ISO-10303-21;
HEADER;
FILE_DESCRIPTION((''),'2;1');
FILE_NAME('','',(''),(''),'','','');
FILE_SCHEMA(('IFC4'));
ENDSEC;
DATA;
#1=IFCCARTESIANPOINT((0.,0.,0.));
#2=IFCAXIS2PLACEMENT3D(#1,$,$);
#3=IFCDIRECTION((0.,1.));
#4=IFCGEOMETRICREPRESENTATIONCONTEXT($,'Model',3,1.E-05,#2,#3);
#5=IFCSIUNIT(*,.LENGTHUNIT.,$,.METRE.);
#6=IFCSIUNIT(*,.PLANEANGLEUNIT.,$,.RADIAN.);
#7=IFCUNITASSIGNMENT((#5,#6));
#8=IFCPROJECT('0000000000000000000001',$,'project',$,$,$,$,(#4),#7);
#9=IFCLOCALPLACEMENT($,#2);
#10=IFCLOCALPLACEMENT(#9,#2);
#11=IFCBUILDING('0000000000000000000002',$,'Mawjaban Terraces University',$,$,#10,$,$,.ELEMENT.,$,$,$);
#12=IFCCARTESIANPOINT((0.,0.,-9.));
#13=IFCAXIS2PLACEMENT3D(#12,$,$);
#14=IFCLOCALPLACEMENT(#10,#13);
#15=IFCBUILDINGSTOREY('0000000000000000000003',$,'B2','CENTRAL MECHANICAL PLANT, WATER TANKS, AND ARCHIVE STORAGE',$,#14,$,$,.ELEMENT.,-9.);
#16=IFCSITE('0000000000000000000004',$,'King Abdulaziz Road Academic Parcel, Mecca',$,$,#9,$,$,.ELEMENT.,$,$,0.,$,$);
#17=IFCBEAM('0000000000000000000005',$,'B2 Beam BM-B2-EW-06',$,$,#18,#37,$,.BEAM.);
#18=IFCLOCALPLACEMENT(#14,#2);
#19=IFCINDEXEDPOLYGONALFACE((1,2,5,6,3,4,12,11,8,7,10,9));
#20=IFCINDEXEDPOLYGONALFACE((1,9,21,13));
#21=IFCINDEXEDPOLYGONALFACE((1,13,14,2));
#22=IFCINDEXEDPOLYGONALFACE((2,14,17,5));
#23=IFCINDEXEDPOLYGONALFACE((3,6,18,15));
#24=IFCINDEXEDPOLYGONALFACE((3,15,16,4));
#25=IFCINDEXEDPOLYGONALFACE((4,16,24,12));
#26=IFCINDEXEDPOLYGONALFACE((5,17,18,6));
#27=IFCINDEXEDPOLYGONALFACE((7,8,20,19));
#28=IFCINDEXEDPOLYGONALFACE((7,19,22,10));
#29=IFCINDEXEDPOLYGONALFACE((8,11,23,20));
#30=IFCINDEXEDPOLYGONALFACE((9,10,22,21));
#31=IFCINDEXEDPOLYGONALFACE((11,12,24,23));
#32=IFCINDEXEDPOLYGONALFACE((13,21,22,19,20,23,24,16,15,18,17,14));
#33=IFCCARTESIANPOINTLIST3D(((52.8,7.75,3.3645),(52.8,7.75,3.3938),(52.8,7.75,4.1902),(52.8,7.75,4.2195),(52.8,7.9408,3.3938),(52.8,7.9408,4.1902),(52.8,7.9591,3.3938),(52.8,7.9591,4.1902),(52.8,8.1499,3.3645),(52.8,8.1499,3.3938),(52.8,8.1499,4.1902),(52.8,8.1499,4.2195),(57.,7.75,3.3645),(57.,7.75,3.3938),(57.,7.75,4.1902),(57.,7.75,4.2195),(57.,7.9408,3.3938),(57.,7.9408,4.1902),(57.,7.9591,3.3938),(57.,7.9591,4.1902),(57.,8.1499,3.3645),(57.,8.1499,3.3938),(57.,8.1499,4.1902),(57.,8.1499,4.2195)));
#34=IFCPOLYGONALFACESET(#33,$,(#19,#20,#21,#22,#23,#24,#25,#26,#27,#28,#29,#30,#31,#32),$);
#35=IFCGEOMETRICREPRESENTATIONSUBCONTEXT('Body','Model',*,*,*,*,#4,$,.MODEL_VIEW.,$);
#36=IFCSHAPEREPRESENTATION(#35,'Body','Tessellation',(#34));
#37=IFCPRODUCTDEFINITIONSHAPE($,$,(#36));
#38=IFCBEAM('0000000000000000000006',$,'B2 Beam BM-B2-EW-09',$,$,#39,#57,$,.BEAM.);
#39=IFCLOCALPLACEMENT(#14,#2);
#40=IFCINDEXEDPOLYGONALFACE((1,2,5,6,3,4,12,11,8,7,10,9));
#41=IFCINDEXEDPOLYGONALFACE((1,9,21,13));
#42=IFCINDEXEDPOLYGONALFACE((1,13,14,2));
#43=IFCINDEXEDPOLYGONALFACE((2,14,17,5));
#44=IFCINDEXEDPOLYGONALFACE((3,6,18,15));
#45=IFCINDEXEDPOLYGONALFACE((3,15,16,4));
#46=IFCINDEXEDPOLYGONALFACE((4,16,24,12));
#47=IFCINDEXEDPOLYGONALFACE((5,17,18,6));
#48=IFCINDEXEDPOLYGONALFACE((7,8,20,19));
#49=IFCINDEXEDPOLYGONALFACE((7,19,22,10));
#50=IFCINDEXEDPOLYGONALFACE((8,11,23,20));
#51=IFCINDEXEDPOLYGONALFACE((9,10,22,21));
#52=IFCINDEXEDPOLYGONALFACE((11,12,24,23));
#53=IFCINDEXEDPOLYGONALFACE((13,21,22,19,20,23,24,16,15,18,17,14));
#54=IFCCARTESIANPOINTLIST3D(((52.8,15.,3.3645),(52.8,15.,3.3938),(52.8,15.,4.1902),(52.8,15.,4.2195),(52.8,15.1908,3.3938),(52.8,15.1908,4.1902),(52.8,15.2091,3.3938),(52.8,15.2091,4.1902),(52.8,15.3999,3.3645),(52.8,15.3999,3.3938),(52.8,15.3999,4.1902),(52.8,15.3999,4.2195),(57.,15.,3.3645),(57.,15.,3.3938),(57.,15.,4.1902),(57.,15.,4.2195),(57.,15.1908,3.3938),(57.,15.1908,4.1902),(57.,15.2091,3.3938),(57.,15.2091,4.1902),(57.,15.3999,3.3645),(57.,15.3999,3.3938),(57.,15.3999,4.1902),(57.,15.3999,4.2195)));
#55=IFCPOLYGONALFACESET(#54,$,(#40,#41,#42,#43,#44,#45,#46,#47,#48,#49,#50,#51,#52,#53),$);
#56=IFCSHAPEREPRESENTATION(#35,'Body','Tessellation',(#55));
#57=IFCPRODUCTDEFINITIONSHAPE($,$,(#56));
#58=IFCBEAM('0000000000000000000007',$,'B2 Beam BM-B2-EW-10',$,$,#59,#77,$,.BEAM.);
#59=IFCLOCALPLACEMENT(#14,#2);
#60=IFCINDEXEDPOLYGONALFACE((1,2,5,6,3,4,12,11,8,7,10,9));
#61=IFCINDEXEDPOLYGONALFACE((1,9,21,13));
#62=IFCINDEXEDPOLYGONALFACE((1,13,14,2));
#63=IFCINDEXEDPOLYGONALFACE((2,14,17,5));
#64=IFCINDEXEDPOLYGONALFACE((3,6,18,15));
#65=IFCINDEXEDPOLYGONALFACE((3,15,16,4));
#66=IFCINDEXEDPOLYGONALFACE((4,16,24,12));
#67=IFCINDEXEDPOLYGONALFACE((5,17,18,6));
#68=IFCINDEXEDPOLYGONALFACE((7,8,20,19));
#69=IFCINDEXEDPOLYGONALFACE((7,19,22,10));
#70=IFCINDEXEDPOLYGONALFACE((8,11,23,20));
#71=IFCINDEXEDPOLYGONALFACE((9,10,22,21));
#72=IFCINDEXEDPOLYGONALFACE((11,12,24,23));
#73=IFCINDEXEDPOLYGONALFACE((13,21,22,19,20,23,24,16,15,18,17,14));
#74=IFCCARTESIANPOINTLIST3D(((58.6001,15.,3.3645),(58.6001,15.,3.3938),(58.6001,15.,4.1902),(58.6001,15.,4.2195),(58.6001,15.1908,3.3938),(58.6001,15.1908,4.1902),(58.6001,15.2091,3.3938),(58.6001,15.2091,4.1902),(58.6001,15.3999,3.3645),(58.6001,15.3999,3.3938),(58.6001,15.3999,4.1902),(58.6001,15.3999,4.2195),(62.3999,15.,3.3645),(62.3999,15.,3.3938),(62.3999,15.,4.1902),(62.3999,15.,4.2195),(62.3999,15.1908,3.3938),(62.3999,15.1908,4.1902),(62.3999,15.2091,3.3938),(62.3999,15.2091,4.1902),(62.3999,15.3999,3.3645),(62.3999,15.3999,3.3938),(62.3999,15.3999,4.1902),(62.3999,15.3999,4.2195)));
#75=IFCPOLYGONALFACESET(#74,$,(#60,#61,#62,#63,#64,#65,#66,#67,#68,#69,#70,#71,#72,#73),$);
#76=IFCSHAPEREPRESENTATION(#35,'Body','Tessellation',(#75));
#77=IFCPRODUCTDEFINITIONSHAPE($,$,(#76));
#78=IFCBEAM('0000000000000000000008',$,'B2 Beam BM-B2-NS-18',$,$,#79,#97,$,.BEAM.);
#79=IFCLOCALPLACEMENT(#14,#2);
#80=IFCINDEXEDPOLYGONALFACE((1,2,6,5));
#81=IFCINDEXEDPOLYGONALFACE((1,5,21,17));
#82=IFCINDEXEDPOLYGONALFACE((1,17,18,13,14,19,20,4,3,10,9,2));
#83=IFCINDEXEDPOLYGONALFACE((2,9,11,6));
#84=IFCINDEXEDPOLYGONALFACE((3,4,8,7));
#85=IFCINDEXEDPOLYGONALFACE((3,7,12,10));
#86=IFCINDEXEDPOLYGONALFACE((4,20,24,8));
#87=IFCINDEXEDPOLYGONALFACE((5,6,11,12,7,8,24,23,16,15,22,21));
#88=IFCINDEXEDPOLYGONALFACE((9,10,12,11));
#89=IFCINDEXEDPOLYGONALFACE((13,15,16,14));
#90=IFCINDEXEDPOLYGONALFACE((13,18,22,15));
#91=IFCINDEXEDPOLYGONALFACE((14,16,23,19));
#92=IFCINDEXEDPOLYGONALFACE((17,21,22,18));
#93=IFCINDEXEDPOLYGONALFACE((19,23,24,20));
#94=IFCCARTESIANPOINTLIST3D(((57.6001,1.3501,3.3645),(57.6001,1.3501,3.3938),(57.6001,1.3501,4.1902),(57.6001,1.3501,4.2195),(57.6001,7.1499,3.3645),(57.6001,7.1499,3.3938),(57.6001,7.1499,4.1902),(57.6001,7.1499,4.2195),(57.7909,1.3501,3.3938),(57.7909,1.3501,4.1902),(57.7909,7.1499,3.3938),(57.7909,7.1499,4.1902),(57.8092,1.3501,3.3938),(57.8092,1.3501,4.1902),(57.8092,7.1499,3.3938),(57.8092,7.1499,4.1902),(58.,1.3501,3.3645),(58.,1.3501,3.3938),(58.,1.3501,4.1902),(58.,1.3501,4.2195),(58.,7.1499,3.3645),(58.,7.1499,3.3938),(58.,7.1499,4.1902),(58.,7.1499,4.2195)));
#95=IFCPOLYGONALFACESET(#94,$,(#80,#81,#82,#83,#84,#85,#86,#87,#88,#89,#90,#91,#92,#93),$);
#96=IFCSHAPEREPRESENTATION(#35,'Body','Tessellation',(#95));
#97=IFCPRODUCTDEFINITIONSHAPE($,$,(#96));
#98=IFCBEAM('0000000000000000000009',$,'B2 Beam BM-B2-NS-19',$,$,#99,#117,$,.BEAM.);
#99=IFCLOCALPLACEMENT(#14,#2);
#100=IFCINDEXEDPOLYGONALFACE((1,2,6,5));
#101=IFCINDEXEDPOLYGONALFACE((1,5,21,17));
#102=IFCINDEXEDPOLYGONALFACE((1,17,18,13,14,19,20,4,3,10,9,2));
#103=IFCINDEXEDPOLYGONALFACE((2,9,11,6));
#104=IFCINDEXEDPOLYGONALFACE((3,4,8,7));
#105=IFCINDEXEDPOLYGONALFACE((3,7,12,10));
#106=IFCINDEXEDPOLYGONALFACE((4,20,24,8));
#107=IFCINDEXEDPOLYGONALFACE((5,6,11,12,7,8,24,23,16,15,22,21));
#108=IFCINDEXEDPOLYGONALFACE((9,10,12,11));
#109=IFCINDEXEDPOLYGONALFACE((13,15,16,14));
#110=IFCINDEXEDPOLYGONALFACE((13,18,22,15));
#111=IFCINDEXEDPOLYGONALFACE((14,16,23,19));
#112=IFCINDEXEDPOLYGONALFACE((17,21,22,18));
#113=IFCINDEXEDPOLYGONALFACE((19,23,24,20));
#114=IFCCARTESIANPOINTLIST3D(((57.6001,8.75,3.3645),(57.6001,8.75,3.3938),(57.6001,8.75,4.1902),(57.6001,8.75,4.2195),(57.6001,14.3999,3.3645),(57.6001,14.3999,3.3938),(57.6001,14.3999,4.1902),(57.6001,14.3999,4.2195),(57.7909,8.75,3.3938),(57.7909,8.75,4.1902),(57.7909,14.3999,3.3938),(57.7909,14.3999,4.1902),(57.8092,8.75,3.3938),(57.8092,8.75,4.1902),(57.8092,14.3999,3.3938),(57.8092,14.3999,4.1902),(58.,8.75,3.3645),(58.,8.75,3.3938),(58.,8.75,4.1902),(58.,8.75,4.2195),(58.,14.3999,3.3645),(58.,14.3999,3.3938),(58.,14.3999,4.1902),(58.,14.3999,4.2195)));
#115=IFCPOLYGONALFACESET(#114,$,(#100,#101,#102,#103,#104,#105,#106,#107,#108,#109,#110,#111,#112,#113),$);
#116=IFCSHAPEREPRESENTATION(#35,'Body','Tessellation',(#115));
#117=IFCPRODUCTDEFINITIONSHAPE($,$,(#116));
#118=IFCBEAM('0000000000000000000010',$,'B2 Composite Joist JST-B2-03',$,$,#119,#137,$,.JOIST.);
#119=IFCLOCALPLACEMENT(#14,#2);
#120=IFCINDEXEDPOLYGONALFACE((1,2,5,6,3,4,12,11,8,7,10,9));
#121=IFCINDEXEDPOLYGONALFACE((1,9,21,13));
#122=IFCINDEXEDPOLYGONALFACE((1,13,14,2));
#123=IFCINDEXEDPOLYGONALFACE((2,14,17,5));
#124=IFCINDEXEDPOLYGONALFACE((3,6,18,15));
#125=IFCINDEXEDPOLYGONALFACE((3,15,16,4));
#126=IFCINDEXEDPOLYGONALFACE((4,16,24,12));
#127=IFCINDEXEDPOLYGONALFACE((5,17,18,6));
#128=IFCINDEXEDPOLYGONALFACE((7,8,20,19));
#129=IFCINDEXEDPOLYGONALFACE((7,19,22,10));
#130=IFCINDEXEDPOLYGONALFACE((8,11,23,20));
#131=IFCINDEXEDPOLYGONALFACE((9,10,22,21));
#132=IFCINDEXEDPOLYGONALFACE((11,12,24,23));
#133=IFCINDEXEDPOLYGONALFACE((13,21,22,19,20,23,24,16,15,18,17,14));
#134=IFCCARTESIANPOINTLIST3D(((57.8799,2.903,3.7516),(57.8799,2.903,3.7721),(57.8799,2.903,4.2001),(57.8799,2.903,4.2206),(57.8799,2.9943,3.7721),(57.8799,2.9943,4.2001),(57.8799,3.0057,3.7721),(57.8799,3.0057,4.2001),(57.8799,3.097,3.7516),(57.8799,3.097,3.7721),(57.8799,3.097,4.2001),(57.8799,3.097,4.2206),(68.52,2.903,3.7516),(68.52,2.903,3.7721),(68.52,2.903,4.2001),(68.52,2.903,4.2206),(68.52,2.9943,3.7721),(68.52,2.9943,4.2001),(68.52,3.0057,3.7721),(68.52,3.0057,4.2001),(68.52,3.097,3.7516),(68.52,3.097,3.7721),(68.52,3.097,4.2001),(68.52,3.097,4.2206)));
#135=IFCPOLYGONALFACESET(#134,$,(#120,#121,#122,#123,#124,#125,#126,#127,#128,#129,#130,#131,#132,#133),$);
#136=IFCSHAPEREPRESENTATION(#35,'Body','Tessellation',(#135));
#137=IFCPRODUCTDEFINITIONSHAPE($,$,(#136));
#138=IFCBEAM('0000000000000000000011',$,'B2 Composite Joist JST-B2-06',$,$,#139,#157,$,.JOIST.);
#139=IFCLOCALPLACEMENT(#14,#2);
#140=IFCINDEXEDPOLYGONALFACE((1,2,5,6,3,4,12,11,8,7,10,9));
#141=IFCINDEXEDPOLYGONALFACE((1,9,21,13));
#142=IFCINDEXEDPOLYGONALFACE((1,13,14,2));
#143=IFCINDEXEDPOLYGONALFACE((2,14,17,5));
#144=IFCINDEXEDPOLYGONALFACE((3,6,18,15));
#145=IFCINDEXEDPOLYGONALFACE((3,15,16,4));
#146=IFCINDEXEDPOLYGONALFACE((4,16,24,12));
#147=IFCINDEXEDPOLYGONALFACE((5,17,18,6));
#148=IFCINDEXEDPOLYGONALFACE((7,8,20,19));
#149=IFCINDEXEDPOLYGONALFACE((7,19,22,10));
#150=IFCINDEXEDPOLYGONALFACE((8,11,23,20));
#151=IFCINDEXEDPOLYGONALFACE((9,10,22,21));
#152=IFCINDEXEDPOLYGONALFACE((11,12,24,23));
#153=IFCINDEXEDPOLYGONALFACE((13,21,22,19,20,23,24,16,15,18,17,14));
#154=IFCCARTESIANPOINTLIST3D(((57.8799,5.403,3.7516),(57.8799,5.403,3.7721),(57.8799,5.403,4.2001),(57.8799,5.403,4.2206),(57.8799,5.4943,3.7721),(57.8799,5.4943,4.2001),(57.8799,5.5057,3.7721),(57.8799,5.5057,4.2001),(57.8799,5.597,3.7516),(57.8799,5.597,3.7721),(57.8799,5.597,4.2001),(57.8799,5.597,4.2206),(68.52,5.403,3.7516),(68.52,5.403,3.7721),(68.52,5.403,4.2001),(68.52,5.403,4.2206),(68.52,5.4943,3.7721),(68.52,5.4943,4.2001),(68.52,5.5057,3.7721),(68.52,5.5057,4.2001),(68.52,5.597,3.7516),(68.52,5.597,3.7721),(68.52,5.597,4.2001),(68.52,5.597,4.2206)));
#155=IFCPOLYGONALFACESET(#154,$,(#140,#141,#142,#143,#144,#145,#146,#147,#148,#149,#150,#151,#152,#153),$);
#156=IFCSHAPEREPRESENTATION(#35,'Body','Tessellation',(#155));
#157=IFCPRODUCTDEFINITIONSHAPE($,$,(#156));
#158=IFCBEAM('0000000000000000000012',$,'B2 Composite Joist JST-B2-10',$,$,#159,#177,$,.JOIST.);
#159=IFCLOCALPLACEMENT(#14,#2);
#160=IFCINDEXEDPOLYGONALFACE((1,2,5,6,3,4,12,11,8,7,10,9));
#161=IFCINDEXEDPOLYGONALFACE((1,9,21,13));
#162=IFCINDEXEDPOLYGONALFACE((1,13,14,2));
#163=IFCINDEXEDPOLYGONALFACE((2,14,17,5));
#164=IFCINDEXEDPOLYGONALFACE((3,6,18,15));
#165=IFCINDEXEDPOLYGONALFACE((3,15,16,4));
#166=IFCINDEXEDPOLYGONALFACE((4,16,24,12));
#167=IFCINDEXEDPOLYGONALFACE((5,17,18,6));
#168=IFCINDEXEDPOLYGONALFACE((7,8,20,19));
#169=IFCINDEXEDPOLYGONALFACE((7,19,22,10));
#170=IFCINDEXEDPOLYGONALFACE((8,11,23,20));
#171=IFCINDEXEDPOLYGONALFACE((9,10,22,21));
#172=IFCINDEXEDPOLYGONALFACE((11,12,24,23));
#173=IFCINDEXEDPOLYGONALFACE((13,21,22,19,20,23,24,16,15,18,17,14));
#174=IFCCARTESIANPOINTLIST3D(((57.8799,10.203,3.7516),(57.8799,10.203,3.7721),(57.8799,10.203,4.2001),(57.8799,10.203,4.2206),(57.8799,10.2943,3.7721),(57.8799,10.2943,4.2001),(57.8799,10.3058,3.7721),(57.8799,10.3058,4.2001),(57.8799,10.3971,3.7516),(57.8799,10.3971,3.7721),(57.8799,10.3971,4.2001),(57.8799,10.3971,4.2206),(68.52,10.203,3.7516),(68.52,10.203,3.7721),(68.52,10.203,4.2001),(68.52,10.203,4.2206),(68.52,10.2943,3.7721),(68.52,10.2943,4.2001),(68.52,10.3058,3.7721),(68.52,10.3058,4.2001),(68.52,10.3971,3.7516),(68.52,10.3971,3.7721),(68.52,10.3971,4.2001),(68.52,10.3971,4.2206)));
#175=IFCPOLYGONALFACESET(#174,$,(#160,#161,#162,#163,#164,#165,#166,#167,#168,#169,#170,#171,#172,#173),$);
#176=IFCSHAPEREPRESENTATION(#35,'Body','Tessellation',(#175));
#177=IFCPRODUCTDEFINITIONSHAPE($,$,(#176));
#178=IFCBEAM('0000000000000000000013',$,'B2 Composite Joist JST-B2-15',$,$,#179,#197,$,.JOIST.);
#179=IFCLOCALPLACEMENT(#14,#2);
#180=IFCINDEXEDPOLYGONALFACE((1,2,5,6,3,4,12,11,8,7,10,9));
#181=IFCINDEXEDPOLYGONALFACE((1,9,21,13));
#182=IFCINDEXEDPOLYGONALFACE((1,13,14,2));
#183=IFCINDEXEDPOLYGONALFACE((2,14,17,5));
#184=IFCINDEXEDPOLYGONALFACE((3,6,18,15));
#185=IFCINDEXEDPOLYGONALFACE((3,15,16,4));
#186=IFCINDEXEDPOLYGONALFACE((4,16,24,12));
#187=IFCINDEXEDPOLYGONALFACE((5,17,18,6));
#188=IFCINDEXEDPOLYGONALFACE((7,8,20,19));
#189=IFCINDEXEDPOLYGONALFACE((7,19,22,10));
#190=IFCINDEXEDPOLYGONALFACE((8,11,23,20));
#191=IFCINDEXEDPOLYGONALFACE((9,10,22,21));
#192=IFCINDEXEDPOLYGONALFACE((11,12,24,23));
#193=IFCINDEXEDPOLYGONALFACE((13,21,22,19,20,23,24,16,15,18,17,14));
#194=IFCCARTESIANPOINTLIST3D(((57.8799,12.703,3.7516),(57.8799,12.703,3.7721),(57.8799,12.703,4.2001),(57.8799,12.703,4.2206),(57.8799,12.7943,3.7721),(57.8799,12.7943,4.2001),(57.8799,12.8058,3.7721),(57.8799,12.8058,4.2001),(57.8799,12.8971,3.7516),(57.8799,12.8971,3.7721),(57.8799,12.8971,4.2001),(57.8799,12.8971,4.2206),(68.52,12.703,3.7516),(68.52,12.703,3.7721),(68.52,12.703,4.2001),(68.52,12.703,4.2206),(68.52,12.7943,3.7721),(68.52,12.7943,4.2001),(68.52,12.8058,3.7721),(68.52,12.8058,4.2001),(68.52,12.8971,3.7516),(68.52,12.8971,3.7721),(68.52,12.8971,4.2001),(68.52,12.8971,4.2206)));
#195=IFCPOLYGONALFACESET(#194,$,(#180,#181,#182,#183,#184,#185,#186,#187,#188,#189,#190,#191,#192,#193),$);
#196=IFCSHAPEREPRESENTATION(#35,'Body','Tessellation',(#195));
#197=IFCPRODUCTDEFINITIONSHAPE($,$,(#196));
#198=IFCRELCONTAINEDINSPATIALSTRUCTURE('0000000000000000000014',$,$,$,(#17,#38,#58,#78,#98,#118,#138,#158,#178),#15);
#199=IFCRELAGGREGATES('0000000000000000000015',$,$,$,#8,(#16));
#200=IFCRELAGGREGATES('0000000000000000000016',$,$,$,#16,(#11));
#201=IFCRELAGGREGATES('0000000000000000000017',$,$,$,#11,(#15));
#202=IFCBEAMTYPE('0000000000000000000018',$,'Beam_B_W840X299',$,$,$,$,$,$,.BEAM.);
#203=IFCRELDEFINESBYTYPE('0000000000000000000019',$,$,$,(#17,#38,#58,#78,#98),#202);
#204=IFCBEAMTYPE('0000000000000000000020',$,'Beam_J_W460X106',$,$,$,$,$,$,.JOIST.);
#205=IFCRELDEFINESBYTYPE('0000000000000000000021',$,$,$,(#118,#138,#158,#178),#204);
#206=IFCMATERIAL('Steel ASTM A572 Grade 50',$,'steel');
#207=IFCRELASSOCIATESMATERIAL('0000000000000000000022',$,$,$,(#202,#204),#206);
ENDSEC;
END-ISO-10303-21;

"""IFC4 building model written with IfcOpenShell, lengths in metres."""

from ifc_helpers import new_model, si_unit, direction, frame, origin, origin_2d, place, context, subcontext, project, spatial, i_section, extrude, material, material_profile, profile_set, type_object, element, save


model = new_model("IFC4")

# Units and contexts
model_context = context("Model", 3, precision=1e-05, world=origin(), true_north=direction((0.0, 1.0)))
body_context = subcontext(model_context, "Body", "Model", "MODEL_VIEW")
ifc_project = project(units=[si_unit("LENGTHUNIT", "METRE"), si_unit("PLANEANGLEUNIT", "RADIAN")], contexts=[model_context])

# Site, building, storey
site_placement = place(None, origin())
site = spatial("IfcSite", under=ifc_project, at=site_placement, Name="King Abdulaziz Road Academic Parcel, Mecca", CompositionType="ELEMENT", RefElevation=0.0)
building_placement = place(site_placement, origin())
building = spatial("IfcBuilding", under=site, at=building_placement, Name="Mawjaban Terraces University", CompositionType="ELEMENT")
storey_placement = place(building_placement, frame((0.0, 0.0, -9.0)))
storey = spatial("IfcBuildingStorey", under=building, at=storey_placement, Name="B2", Description="CENTRAL MECHANICAL PLANT, WATER TANKS, AND ARCHIVE STORAGE", CompositionType="ELEMENT", Elevation=-9.0)

# Beams
ifc_material_1 = material(Name="Steel ASTM A572 Grade 50", Category="steel")
ifc_material_profile_1 = material_profile(ifc_material_1, i_section(OverallWidth=0.3999, OverallDepth=0.855, WebThickness=0.0183, FlangeThickness=0.0293, at=origin_2d()), Name="W840X299")
ifc_profile_set_1 = profile_set([ifc_material_profile_1], Name="Steel ASTM A572 Grade 50")
beam_type_1 = type_object("IfcBeamType", Name="Beam_B_W840X299", PredefinedType="BEAM", material=ifc_profile_set_1)
for number, where, z_axis, x_axis, name in (
    (1, (52.8, 7.95, 3.792), (1.0, 0.0, 0.0), (0.0, 1.0, 0.0), "B2 Beam BM-B2-EW-06"),
    (2, (52.8, 15.2, 3.792), (1.0, 0.0, 0.0), (0.0, 1.0, 0.0), "B2 Beam BM-B2-EW-09"),
):
    element("IfcBeam", number, at=place(storey_placement, frame(where, z_axis=z_axis, x_axis=x_axis)), inside=storey, type_object=beam_type_1, Name=name, PredefinedType="BEAM", context=body_context, shape_type="SweptSolid", body=[
        extrude(i_section(OverallWidth=0.3999, OverallDepth=0.855, WebThickness=0.0183, FlangeThickness=0.0293, at=origin_2d()), origin(), (0.0, 0.0, 1.0), 4.2),
    ])
beam_1_placement = place(storey_placement, frame((58.6001, 15.2, 3.792), z_axis=(1.0, 0.0, 0.0), x_axis=(0.0, 1.0, 0.0)))
element("IfcBeam", 3, at=beam_1_placement, inside=storey, type_object=beam_type_1, Name="B2 Beam BM-B2-EW-10", PredefinedType="BEAM", context=body_context, shape_type="SweptSolid", body=[
    extrude(i_section(OverallWidth=0.3999, OverallDepth=0.855, WebThickness=0.0183, FlangeThickness=0.0293, at=origin_2d()), origin(), (0.0, 0.0, 1.0), 3.7998),
])
beam_2_placement = place(storey_placement, frame((57.8, 1.3501, 3.792), z_axis=(0.0, 1.0, 0.0), x_axis=(-1.0, 0.0, 0.0)))
element("IfcBeam", 4, at=beam_2_placement, inside=storey, type_object=beam_type_1, Name="B2 Beam BM-B2-NS-18", PredefinedType="BEAM", context=body_context, shape_type="SweptSolid", body=[
    extrude(i_section(OverallWidth=0.3999, OverallDepth=0.855, WebThickness=0.0183, FlangeThickness=0.0293, at=origin_2d()), origin(), (0.0, 0.0, 1.0), 5.7998),
])
beam_3_placement = place(storey_placement, frame((57.8, 8.75, 3.792), z_axis=(0.0, 1.0, 0.0), x_axis=(-1.0, 0.0, 0.0)))
element("IfcBeam", 5, at=beam_3_placement, inside=storey, type_object=beam_type_1, Name="B2 Beam BM-B2-NS-19", PredefinedType="BEAM", context=body_context, shape_type="SweptSolid", body=[
    extrude(i_section(OverallWidth=0.3999, OverallDepth=0.855, WebThickness=0.0183, FlangeThickness=0.0293, at=origin_2d()), origin(), (0.0, 0.0, 1.0), 5.6499),
])
ifc_material_profile_2 = material_profile(ifc_material_1, i_section(OverallWidth=0.1941, OverallDepth=0.469, WebThickness=0.0115, FlangeThickness=0.0205, at=origin_2d()), Name="W460X106")
ifc_profile_set_2 = profile_set([ifc_material_profile_2], Name="Steel ASTM A572 Grade 50")
beam_type_2 = type_object("IfcBeamType", Name="Beam_J_W460X106", PredefinedType="JOIST", material=ifc_profile_set_2)
for number, where, z_axis, x_axis, name in (
    (6, (57.8799, 3.0, 3.9861), (1.0, 0.0, 0.0), (0.0, 1.0, 0.0), "B2 Composite Joist JST-B2-03"),
    (7, (57.8799, 5.5, 3.9861), (1.0, 0.0, 0.0), (0.0, 1.0, 0.0), "B2 Composite Joist JST-B2-06"),
    (8, (57.8799, 10.3, 3.9861), (1.0, 0.0, 0.0), (0.0, 1.0, 0.0), "B2 Composite Joist JST-B2-10"),
    (9, (57.8799, 12.8, 3.9861), (1.0, 0.0, 0.0), (0.0, 1.0, 0.0), "B2 Composite Joist JST-B2-15"),
):
    element("IfcBeam", number, at=place(storey_placement, frame(where, z_axis=z_axis, x_axis=x_axis)), inside=storey, type_object=beam_type_2, Name=name, PredefinedType="JOIST", context=body_context, shape_type="SweptSolid", body=[
        extrude(i_section(OverallWidth=0.1941, OverallDepth=0.469, WebThickness=0.0115, FlangeThickness=0.0205, at=origin_2d()), origin(), (0.0, 0.0, 1.0), 10.6401),
    ])

save(model, "model.ifc")
